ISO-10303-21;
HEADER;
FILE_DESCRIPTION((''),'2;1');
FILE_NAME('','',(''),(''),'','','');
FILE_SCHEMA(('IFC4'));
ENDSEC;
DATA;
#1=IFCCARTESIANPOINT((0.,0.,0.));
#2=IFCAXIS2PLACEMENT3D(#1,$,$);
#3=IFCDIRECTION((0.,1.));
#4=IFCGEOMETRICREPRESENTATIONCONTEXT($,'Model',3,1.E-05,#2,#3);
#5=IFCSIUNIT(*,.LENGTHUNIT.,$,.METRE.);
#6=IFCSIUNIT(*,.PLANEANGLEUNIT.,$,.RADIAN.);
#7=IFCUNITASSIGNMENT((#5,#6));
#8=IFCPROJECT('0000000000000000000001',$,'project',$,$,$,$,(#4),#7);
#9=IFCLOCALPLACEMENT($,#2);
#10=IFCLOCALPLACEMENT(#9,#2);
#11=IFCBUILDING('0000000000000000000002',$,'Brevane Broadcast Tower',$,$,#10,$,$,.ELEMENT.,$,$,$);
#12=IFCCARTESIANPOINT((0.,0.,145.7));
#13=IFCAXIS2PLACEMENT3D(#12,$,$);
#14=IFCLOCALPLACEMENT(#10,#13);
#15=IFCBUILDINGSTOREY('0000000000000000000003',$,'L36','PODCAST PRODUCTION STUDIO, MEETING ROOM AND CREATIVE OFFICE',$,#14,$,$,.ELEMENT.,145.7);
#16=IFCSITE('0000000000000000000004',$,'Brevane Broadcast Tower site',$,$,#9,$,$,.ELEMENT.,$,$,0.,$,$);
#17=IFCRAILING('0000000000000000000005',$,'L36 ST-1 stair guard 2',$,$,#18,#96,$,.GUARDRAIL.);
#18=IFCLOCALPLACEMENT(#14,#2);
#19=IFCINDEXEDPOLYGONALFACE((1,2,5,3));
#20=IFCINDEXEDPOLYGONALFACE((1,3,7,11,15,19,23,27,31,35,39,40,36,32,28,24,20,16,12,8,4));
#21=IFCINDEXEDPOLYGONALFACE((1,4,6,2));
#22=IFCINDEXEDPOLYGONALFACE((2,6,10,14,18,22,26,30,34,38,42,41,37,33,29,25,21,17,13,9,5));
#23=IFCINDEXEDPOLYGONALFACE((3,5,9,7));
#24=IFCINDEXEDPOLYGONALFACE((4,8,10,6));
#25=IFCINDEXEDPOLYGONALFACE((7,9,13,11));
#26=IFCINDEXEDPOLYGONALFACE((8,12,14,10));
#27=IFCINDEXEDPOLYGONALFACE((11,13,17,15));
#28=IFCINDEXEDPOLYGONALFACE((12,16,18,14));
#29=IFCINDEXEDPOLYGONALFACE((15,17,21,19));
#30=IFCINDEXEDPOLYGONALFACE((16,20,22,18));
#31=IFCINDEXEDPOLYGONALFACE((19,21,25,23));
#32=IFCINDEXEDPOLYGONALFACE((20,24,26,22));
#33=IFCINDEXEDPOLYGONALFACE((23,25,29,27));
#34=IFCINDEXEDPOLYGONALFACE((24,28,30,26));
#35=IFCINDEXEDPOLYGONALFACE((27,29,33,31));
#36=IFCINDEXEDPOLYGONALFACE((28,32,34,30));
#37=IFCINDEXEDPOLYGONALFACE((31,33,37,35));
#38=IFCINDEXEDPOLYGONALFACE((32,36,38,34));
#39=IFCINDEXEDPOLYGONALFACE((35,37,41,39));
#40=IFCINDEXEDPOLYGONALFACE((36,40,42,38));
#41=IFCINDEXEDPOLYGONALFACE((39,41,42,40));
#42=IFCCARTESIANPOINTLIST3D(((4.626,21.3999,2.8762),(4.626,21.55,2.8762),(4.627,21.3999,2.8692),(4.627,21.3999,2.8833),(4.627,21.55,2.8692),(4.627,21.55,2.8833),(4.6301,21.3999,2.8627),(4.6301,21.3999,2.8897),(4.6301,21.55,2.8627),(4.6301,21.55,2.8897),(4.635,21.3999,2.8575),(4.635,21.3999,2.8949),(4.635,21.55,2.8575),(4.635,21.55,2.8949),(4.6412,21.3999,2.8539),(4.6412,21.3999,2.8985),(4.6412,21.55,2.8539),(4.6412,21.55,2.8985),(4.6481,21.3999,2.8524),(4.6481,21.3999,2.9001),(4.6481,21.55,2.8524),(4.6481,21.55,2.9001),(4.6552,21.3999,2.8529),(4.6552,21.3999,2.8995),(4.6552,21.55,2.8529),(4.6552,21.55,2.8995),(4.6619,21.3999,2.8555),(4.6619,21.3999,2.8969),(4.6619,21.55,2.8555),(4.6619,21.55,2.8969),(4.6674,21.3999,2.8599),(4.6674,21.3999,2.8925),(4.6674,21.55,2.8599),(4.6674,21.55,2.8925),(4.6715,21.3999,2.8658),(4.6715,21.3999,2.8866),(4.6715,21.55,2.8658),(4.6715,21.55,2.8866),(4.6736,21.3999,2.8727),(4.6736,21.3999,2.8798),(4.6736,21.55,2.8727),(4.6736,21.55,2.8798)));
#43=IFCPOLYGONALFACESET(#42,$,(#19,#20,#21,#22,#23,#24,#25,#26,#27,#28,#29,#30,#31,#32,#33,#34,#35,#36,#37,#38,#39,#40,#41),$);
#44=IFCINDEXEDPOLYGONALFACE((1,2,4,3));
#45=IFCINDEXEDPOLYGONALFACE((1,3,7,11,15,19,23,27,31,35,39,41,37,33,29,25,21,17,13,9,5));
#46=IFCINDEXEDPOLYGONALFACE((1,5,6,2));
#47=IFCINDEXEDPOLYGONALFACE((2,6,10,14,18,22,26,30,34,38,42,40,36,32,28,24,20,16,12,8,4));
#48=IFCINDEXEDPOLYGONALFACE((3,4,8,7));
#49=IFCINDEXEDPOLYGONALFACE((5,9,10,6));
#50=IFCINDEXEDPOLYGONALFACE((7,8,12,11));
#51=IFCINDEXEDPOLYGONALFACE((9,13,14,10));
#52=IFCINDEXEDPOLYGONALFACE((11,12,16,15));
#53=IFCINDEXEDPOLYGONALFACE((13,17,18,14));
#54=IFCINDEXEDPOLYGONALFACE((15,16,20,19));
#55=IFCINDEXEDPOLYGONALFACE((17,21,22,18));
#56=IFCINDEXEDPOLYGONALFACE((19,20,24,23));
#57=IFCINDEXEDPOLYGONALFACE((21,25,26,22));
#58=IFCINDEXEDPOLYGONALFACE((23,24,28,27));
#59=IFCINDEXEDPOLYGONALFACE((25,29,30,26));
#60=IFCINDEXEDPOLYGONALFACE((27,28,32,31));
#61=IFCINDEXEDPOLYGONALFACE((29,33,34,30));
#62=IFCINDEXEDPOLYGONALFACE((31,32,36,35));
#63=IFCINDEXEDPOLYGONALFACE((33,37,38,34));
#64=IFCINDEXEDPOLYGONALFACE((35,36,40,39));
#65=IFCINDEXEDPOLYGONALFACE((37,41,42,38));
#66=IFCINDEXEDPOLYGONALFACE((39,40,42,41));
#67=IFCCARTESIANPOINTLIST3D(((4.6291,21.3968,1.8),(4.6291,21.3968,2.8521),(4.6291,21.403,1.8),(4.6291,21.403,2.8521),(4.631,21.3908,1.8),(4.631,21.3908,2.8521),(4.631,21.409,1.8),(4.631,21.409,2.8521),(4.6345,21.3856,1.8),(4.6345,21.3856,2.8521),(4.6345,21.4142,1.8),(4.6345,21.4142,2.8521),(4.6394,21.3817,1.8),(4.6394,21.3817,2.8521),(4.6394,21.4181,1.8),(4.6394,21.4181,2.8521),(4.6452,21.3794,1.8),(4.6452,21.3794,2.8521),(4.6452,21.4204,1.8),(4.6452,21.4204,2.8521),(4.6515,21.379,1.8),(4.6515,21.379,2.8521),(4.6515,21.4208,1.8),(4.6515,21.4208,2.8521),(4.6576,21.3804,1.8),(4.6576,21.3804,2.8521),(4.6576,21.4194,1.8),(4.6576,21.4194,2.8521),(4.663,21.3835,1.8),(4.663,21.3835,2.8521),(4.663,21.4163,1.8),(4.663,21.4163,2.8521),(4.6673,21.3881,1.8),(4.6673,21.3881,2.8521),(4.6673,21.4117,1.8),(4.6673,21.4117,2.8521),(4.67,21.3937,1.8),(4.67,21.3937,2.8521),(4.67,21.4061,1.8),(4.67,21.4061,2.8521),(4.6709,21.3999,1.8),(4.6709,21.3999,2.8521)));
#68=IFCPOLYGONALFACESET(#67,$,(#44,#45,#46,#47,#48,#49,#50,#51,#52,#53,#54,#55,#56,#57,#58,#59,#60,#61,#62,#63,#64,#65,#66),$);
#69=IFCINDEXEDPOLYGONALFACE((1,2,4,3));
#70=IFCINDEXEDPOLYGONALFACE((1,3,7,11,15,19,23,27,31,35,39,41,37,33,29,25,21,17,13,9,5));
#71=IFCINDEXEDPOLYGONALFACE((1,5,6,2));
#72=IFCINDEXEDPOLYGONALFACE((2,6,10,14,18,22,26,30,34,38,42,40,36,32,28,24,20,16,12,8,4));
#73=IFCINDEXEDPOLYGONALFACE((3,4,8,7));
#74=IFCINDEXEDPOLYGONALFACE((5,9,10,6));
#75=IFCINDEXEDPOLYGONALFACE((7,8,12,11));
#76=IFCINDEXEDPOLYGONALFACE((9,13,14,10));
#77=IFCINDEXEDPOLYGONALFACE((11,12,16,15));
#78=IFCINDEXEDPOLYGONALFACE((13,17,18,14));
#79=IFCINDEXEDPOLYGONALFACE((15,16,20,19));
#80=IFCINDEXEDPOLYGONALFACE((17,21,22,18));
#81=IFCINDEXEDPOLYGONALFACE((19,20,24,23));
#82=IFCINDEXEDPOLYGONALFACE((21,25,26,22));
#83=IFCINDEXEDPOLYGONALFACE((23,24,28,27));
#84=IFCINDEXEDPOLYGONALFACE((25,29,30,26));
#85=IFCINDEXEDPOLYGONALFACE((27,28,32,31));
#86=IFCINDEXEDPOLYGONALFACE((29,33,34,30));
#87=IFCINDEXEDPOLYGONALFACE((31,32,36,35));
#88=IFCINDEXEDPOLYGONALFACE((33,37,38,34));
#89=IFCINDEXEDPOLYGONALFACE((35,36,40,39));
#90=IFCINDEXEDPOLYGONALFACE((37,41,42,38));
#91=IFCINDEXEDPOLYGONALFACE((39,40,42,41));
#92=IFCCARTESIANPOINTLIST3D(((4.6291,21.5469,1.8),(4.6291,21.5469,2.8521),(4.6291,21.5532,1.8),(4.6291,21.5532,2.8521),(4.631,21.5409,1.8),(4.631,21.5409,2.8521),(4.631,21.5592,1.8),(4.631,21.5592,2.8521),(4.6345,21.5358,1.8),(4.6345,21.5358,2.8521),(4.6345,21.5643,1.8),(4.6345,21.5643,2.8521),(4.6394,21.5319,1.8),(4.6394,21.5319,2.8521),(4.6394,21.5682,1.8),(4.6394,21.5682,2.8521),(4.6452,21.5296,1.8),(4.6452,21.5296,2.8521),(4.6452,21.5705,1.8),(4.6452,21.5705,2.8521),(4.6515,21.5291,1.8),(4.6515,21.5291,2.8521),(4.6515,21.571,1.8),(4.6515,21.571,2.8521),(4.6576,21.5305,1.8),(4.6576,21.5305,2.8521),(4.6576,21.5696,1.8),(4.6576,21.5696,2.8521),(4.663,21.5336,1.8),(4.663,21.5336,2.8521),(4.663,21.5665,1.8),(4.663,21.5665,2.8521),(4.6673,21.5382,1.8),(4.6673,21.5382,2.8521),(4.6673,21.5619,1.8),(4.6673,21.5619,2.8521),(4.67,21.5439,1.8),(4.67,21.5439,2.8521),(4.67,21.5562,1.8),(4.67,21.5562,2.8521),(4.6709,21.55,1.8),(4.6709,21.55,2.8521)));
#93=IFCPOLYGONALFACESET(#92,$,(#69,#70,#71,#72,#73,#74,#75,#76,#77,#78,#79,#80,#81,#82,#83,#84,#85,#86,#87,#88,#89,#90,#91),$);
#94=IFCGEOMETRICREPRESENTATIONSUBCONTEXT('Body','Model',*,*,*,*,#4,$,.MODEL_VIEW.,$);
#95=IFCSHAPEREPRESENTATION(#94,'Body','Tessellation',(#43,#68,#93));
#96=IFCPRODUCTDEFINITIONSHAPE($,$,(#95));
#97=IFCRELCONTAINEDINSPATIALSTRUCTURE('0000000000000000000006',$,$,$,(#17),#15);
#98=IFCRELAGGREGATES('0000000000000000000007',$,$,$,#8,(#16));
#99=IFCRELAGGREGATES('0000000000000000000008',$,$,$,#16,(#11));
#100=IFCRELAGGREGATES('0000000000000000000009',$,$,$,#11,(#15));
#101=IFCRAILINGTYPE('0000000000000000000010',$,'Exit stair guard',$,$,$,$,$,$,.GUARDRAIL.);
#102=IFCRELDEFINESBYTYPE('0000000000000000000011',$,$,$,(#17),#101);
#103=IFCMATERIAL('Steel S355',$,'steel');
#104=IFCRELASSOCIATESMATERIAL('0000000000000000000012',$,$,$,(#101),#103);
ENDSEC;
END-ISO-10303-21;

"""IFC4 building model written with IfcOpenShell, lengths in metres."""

from ifc_helpers import new_model, si_unit, direction, frame, origin, origin_2d, place, context, subcontext, project, spatial, circle, extrude, material, type_object, element, save


model = new_model("IFC4")

# Units and contexts
model_context = context("Model", 3, precision=1e-05, world=origin(), true_north=direction((0.0, 1.0)))
body_context = subcontext(model_context, "Body", "Model", "MODEL_VIEW")
ifc_project = project(units=[si_unit("LENGTHUNIT", "METRE"), si_unit("PLANEANGLEUNIT", "RADIAN")], contexts=[model_context])

# Site, building, storey
site_placement = place(None, origin())
site = spatial("IfcSite", under=ifc_project, at=site_placement, Name="Brevane Broadcast Tower site", CompositionType="ELEMENT", RefElevation=0.0)
building_placement = place(site_placement, origin())
building = spatial("IfcBuilding", under=site, at=building_placement, Name="Brevane Broadcast Tower", CompositionType="ELEMENT")
storey_placement = place(building_placement, frame((0.0, 0.0, 145.7)))
storey = spatial("IfcBuildingStorey", under=building, at=storey_placement, Name="L36", Description="PODCAST PRODUCTION STUDIO, MEETING ROOM AND CREATIVE OFFICE", CompositionType="ELEMENT", Elevation=145.7)

# Railing
ifc_material_1 = material(Name="Steel S355", Category="steel")
railing_type_1 = type_object("IfcRailingType", Name="Exit stair guard", PredefinedType="GUARDRAIL", material=ifc_material_1)
railing_1_placement = place(storey_placement, frame((4.6499, 21.3999, 1.8)))
element("IfcRailing", 1, at=railing_1_placement, inside=storey, type_object=railing_type_1, Name="L36 ST-1 stair guard 2", PredefinedType="GUARDRAIL", context=body_context, shape_type="SweptSolid", body=[
    extrude(circle(Radius=0.0239, at=origin_2d()), frame((0.0, 0.0, 1.0762), z_axis=(0.0, 1.0, 0.0), x_axis=(-1.0, 0.0, 0.0)), (0.0, 0.0, 1.0), 0.1501),
    extrude(circle(Radius=0.021, at=origin_2d()), origin(), (0.0, 0.0, 1.0), 1.052),
    extrude(circle(Radius=0.021, at=origin_2d()), frame((0.0, 0.1501, 0.0)), (0.0, 0.0, 1.0), 1.052),
])

save(model, "model.ifc")
